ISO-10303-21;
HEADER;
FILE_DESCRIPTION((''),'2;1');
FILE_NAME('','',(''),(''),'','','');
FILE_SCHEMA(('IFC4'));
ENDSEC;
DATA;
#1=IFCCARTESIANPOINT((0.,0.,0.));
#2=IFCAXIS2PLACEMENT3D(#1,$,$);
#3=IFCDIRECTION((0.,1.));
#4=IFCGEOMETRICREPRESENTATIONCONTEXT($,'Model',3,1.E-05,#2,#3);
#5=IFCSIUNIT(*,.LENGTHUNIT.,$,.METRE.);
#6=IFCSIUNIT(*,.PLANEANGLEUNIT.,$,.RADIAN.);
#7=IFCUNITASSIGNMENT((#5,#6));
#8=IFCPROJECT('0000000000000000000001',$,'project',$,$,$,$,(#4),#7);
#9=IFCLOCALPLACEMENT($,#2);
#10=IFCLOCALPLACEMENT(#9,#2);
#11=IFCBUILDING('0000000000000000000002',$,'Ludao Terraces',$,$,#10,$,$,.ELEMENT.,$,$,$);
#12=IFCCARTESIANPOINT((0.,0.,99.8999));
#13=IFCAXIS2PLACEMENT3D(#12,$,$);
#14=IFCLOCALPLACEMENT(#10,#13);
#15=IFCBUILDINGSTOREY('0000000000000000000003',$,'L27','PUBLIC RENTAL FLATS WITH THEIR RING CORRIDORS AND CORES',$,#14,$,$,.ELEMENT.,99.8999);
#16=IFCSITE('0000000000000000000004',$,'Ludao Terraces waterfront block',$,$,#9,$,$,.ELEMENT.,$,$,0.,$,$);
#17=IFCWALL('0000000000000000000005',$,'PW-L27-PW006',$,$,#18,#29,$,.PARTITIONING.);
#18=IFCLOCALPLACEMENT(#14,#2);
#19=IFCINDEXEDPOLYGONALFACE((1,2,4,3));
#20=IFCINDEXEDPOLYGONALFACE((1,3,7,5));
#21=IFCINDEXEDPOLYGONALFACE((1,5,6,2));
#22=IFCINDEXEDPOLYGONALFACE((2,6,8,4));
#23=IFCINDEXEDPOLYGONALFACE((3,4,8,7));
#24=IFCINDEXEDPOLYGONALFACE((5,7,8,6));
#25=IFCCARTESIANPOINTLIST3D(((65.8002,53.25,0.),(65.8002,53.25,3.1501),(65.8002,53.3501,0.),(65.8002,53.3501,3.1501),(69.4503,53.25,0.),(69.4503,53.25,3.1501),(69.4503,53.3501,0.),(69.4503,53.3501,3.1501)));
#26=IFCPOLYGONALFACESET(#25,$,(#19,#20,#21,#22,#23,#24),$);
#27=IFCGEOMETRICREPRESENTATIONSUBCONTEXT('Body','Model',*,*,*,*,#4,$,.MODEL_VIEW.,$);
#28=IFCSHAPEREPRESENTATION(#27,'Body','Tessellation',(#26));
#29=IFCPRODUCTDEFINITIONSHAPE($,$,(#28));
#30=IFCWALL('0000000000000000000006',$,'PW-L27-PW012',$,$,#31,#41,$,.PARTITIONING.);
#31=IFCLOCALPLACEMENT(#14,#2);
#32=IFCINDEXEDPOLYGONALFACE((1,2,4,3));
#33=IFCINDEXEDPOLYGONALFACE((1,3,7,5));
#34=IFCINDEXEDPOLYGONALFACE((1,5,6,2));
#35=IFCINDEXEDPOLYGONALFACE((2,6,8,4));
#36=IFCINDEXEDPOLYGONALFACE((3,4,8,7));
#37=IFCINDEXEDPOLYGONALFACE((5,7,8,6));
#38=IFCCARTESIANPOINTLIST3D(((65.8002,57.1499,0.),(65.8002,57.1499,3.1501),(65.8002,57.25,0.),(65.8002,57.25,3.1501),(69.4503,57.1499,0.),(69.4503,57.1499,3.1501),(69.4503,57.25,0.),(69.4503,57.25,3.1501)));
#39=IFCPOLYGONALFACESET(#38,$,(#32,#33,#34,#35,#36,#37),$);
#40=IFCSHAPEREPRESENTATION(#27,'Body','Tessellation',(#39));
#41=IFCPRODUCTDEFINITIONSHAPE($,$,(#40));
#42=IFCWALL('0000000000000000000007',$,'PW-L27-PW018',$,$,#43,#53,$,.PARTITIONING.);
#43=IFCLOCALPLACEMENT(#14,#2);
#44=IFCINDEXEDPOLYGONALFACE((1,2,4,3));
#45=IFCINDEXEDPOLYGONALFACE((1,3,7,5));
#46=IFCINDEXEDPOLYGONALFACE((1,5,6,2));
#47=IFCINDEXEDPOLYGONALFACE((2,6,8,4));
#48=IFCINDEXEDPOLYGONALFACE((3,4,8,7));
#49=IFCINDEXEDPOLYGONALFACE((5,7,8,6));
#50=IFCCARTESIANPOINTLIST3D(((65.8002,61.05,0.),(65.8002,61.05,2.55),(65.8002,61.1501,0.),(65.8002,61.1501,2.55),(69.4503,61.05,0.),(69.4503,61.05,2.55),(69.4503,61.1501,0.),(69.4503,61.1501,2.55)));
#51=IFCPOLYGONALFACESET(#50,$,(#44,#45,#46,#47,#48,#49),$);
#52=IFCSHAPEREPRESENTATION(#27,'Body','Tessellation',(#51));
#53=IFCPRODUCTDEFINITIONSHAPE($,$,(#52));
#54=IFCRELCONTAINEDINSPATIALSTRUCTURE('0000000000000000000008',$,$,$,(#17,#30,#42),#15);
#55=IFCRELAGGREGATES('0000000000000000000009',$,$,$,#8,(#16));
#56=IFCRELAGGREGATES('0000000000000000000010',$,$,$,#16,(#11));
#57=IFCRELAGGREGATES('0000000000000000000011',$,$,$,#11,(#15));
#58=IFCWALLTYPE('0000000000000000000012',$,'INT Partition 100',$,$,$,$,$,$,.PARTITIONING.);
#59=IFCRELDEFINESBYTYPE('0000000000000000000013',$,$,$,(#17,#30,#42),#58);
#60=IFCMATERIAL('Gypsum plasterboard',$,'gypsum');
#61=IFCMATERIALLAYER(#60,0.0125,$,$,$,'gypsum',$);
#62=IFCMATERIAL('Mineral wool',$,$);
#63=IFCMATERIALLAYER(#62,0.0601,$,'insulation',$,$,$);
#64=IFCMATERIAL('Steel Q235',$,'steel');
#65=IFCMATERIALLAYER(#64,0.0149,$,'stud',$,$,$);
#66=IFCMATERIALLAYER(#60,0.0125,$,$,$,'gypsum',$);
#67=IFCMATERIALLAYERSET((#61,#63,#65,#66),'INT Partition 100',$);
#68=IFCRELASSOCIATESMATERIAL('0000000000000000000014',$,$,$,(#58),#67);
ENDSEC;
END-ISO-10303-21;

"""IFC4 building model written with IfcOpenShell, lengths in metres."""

from ifc_helpers import new_model, si_unit, direction, frame, frame_2d, origin, place, context, subcontext, project, spatial, rectangle, extrude, material, layer, layer_set, type_object, element, save


model = new_model("IFC4")

# Units and contexts
model_context = context("Model", 3, precision=1e-05, world=origin(), true_north=direction((0.0, 1.0)))
body_context = subcontext(model_context, "Body", "Model", "MODEL_VIEW")
ifc_project = project(units=[si_unit("LENGTHUNIT", "METRE"), si_unit("PLANEANGLEUNIT", "RADIAN")], contexts=[model_context])

# Site, building, storey
site_placement = place(None, origin())
site = spatial("IfcSite", under=ifc_project, at=site_placement, Name="Ludao Terraces waterfront block", CompositionType="ELEMENT", RefElevation=0.0)
building_placement = place(site_placement, origin())
building = spatial("IfcBuilding", under=site, at=building_placement, Name="Ludao Terraces", CompositionType="ELEMENT")
storey_placement = place(building_placement, frame((0.0, 0.0, 99.8999)))
storey = spatial("IfcBuildingStorey", under=building, at=storey_placement, Name="L27", Description="PUBLIC RENTAL FLATS WITH THEIR RING CORRIDORS AND CORES", CompositionType="ELEMENT", Elevation=99.8999)

# Shared definitions
ifc_material_1 = material(Name="Mineral wool")

# Shared definitions
ifc_material_2 = material(Name="Gypsum plasterboard", Category="gypsum")
ifc_layer_1 = layer(ifc_material_2, 0.0125, Category="gypsum")
ifc_layer_2 = layer(ifc_material_1, 0.0601, Name="insulation")
ifc_material_3 = material(Name="Steel Q235", Category="steel")
ifc_layer_3 = layer(ifc_material_3, 0.0149, Name="stud")
ifc_layer_4 = layer(ifc_material_2, 0.0125, Category="gypsum")
ifc_layer_set_1 = layer_set([ifc_layer_1, ifc_layer_2, ifc_layer_3, ifc_layer_4], Name="INT Partition 100")
wall_type_1 = type_object("IfcWallType", Name="INT Partition 100", PredefinedType="PARTITIONING", material=ifc_layer_set_1)

# Walls
for number, where, z_axis, x_axis, name in (
    (1, (65.8, 53.3, 0.0), (0.0, 0.0, 1.0), (1.0, 0.0, 0.0), "PW-L27-PW006"),
    (2, (65.8, 57.2, 0.0), (0.0, 0.0, 1.0), (1.0, 0.0, 0.0), "PW-L27-PW012"),
):
    element("IfcWall", number, at=place(storey_placement, frame(where, z_axis=z_axis, x_axis=x_axis)), inside=storey, type_object=wall_type_1, Name=name, PredefinedType="PARTITIONING", context=body_context, shape_type="SweptSolid", body=[
        extrude(rectangle(XDim=3.6501, YDim=0.1001, at=frame_2d((1.8252, 0.0))), origin(), (0.0, 0.0, 1.0), 3.1501),
    ])
wall_1_placement = place(storey_placement, frame((65.8, 61.1001, 0.0), z_axis=(0.0, 0.0, 1.0), x_axis=(1.0, 0.0, 0.0)))
element("IfcWall", 3, at=wall_1_placement, inside=storey, type_object=wall_type_1, Name="PW-L27-PW018", PredefinedType="PARTITIONING", context=body_context, shape_type="SweptSolid", body=[
    extrude(rectangle(XDim=3.6501, YDim=0.1001, at=frame_2d((1.8252, 0.0))), origin(), (0.0, 0.0, 1.0), 2.55),
])

save(model, "model.ifc")
